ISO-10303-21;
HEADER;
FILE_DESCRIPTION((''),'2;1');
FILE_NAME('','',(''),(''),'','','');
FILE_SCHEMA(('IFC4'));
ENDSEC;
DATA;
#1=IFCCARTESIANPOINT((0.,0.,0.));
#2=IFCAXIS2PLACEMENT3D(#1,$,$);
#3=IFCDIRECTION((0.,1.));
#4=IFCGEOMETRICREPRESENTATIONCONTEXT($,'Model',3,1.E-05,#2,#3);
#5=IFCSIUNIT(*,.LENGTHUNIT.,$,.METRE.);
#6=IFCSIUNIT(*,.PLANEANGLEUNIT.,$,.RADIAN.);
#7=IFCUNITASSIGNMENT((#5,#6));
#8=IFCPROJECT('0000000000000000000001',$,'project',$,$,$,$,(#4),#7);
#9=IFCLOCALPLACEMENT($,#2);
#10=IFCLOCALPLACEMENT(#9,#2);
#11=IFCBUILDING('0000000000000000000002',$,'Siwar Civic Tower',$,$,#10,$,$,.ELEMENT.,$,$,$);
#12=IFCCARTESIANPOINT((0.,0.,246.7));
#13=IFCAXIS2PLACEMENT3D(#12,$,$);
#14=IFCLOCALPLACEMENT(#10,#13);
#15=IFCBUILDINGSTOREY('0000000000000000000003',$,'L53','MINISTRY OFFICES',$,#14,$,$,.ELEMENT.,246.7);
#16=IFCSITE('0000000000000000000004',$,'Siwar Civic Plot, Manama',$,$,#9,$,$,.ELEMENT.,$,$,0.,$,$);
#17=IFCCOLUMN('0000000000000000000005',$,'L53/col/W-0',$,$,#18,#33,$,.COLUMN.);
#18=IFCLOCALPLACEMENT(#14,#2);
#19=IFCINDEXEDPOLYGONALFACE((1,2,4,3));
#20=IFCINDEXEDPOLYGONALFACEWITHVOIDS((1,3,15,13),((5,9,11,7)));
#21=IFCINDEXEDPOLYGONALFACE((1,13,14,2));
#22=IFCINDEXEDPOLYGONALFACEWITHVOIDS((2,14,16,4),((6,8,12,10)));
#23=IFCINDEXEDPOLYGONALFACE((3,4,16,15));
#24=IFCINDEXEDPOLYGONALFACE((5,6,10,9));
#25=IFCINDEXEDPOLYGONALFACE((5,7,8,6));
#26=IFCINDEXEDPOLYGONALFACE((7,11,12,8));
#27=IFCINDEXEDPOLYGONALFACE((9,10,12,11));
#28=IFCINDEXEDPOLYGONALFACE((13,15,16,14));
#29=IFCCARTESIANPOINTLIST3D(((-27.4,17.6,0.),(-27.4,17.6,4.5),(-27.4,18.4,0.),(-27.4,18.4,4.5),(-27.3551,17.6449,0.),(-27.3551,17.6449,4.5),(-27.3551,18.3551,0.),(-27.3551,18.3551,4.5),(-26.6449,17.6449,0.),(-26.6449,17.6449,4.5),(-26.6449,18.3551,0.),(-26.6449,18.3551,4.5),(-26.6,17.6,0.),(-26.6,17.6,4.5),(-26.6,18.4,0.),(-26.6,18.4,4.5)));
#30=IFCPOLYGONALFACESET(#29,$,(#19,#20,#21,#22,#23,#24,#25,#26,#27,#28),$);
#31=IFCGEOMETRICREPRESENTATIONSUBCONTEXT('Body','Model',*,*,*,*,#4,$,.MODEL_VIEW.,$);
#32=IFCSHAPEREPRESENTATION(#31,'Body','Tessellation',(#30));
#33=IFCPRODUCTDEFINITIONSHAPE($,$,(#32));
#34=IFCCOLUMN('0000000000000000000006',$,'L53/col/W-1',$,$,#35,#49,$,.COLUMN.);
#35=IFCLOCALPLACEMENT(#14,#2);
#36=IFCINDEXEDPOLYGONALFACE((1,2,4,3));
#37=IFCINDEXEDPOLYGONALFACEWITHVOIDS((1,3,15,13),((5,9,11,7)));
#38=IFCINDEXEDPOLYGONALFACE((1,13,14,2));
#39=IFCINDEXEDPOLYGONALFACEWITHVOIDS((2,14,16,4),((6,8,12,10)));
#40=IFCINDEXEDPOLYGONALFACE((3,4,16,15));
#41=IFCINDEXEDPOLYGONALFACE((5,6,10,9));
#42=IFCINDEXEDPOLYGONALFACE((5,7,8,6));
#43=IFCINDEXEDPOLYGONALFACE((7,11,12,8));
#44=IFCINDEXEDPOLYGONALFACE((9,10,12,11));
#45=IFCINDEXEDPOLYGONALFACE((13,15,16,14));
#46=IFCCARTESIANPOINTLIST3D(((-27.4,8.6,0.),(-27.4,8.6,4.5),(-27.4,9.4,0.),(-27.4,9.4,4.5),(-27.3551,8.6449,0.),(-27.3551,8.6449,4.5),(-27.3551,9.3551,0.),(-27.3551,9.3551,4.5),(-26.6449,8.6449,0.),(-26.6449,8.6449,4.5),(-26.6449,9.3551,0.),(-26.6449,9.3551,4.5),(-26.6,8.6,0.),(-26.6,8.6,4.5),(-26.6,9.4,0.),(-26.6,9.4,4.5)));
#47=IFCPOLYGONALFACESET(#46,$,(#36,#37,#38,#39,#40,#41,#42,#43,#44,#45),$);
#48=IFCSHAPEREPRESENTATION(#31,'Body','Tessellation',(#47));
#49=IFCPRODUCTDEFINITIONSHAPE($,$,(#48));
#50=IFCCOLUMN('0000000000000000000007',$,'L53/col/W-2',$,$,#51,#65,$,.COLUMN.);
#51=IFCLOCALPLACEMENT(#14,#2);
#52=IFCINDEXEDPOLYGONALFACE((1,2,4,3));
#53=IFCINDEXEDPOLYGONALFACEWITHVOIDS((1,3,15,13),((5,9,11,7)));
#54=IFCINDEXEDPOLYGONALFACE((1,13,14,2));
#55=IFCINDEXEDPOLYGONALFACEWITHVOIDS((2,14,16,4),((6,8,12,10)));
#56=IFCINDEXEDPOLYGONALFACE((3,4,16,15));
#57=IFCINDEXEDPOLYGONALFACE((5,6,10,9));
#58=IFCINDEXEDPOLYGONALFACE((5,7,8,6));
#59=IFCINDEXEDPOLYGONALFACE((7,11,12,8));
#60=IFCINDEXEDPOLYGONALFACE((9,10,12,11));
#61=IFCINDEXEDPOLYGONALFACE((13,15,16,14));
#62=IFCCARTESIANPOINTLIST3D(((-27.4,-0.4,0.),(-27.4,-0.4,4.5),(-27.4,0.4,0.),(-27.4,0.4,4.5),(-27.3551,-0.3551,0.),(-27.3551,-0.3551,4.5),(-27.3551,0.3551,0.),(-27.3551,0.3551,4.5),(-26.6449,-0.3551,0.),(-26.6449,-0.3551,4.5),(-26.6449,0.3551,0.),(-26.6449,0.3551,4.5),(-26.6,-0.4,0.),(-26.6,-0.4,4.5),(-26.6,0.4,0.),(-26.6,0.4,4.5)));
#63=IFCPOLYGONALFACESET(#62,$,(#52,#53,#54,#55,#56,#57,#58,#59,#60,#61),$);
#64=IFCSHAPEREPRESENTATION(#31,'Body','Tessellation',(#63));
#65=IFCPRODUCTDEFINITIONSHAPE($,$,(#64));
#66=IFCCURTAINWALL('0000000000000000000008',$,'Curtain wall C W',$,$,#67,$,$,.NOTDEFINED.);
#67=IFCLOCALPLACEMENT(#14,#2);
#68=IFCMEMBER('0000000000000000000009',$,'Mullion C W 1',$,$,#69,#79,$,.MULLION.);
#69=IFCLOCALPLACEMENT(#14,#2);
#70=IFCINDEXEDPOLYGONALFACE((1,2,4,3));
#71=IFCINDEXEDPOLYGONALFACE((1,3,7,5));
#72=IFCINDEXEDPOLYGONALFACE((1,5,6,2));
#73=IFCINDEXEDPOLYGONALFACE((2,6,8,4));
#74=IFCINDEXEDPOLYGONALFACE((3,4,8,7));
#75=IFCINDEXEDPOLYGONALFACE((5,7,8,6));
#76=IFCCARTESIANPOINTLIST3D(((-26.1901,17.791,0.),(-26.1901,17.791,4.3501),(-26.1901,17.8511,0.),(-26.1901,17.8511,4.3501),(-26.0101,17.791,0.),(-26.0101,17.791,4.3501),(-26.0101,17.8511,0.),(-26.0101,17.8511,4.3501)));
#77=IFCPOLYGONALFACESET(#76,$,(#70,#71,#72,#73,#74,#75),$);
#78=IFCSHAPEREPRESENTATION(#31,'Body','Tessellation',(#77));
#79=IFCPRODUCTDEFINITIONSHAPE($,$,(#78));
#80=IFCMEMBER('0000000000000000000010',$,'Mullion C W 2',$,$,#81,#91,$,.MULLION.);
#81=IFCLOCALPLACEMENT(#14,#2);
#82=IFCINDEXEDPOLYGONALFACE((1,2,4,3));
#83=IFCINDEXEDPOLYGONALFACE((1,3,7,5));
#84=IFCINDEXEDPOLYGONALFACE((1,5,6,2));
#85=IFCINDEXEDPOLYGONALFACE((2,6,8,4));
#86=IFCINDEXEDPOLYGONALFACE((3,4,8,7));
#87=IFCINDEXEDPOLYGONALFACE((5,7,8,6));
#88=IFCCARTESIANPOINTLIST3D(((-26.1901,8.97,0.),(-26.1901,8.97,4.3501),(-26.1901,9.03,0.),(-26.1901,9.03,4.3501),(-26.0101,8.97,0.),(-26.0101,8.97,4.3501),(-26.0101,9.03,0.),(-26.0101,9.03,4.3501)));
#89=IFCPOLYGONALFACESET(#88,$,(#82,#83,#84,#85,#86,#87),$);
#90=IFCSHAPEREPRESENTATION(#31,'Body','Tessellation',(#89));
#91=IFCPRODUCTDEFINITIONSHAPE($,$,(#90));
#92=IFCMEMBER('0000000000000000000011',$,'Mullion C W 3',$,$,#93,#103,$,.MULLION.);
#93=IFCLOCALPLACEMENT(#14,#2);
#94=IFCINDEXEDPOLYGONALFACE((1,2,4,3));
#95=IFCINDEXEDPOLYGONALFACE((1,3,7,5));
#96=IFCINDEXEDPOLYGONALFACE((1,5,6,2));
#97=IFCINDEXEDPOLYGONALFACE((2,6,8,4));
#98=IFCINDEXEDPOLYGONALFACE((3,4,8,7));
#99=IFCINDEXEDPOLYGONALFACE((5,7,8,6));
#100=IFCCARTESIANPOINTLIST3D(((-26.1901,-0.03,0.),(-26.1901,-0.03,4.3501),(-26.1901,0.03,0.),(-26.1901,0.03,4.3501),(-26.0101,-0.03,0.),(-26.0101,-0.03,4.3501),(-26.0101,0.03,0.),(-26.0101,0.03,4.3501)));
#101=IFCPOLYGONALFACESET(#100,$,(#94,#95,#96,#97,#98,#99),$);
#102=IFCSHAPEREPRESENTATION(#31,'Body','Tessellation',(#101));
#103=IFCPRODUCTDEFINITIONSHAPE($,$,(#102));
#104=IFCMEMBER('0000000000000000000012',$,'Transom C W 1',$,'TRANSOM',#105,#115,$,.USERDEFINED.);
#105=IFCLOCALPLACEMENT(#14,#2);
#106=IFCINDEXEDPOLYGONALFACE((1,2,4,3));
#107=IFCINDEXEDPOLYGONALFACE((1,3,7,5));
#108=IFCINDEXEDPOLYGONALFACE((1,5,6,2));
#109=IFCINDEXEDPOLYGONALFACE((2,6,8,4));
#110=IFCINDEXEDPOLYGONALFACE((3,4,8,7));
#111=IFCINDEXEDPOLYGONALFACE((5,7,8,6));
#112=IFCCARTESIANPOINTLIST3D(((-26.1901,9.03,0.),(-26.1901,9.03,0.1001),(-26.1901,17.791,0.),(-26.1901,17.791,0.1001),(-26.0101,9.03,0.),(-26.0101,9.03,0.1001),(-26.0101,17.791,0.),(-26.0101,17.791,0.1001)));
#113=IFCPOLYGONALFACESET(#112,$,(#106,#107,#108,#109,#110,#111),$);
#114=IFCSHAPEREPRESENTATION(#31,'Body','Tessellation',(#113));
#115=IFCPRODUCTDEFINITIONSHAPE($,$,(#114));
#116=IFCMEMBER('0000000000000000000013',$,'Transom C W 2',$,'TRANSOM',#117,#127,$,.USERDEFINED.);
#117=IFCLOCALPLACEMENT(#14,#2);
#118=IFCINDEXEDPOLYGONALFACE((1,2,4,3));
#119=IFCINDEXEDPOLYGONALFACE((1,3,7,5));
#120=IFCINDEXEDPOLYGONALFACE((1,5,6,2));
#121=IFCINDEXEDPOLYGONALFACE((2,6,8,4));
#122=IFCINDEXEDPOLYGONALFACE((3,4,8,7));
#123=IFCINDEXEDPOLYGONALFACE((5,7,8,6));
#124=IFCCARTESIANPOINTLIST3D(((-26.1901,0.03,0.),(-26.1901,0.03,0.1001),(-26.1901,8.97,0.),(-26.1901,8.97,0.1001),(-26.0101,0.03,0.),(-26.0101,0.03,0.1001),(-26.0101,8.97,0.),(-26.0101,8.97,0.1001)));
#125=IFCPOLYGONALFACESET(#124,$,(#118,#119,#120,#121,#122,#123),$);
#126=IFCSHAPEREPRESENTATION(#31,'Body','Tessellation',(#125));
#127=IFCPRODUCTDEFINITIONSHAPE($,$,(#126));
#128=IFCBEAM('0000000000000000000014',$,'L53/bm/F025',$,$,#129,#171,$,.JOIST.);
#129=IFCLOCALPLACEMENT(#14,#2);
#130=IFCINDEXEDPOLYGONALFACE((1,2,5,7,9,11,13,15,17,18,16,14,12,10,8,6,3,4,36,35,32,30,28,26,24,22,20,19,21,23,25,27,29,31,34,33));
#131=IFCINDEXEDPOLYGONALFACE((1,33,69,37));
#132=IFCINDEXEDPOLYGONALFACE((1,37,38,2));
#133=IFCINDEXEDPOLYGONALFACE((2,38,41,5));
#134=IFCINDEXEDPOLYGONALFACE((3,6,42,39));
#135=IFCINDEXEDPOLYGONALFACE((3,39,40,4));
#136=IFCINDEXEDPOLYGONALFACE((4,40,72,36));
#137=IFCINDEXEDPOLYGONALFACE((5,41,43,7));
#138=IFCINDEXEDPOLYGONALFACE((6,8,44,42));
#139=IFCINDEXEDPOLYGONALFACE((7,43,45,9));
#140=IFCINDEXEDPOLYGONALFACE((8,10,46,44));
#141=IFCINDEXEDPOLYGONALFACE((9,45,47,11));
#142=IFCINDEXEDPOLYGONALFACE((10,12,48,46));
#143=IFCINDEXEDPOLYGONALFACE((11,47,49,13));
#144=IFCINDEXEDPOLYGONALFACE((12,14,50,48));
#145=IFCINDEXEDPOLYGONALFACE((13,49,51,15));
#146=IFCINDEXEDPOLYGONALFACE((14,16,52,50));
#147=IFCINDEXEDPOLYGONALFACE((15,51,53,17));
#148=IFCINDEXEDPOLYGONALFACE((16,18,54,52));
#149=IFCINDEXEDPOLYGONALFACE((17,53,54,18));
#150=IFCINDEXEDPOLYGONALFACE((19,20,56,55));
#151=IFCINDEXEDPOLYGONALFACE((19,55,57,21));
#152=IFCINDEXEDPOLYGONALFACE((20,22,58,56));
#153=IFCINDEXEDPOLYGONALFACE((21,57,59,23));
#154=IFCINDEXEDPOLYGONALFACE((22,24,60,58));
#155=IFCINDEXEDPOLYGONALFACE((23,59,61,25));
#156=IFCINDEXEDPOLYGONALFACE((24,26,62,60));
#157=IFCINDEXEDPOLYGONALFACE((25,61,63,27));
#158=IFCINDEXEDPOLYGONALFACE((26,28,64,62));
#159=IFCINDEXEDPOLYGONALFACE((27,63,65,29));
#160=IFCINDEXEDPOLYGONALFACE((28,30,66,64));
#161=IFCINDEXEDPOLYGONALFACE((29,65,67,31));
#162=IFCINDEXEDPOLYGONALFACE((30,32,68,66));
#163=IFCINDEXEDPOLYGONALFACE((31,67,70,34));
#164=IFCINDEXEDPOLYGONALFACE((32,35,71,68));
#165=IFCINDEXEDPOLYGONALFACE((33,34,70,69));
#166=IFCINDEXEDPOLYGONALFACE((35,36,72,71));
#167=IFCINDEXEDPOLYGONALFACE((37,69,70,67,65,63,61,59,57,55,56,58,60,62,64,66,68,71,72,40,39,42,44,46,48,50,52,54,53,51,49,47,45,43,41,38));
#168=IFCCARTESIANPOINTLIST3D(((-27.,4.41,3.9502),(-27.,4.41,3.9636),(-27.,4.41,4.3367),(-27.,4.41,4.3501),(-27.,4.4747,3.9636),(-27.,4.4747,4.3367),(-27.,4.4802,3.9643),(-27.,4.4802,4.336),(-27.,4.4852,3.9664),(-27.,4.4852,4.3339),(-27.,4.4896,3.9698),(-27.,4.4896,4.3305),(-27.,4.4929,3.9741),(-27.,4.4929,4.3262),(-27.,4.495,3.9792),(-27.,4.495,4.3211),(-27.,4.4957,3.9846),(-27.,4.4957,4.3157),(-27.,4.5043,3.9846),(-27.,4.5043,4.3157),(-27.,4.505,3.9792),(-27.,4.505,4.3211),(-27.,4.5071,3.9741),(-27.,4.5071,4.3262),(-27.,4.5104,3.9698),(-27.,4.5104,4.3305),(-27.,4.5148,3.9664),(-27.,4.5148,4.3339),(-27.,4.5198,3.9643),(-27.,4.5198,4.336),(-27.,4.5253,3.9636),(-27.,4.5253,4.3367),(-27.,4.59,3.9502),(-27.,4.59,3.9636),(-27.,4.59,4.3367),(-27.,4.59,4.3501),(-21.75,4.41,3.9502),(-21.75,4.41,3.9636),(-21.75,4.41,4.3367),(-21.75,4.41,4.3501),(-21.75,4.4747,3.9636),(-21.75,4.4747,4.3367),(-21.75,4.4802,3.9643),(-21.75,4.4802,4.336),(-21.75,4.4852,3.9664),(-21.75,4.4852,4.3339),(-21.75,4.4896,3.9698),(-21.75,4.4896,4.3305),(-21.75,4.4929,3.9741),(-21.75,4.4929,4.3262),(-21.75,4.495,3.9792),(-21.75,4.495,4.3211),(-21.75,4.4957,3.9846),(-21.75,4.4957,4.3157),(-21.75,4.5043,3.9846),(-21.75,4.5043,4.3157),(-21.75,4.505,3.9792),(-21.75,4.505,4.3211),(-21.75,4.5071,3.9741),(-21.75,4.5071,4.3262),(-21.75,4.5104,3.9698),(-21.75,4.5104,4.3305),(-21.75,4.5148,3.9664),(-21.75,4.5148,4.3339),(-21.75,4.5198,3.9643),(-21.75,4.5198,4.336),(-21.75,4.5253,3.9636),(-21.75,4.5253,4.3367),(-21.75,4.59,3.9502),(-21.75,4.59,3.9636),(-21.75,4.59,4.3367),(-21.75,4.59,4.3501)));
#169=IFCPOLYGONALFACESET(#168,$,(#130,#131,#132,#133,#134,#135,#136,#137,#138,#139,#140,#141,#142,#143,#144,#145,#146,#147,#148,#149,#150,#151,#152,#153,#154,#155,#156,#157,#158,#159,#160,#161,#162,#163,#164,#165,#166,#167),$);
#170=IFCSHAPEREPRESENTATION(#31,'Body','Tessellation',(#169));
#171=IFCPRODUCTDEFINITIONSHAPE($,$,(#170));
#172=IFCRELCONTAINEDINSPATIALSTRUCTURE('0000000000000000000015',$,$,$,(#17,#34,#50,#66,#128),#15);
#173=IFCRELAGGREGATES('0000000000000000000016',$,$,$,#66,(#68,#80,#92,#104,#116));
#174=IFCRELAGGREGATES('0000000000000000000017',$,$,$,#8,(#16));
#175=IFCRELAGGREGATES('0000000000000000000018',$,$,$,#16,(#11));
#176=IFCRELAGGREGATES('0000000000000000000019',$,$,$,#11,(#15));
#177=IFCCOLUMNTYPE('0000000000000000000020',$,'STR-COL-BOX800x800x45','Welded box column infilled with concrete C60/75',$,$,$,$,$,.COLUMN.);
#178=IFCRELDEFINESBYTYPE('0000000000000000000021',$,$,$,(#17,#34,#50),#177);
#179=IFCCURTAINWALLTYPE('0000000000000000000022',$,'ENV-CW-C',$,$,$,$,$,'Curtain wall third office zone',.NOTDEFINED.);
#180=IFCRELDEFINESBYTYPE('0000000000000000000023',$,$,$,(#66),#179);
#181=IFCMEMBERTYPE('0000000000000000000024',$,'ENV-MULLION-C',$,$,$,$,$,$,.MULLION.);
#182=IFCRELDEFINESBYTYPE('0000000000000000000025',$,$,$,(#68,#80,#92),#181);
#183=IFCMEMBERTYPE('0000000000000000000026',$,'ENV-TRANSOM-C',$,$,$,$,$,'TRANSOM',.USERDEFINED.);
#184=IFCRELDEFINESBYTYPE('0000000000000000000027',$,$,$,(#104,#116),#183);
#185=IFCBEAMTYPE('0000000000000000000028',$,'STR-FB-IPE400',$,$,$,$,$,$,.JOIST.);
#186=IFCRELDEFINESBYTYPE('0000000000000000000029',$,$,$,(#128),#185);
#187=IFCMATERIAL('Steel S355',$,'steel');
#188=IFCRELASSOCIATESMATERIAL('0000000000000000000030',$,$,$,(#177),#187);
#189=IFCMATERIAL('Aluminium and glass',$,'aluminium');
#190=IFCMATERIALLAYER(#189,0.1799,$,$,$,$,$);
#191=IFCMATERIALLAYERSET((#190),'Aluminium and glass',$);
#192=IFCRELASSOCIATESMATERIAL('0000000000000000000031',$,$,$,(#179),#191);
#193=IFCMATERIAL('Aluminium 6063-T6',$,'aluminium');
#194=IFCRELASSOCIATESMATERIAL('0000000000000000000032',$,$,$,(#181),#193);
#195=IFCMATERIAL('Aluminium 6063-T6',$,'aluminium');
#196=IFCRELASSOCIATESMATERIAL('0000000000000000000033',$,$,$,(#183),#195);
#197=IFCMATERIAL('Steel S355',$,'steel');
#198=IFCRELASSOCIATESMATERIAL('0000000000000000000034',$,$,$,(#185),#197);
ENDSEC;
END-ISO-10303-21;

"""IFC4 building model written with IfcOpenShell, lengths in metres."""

from ifc_helpers import new_model, si_unit, direction, frame, origin, origin_2d, place, context, subcontext, project, spatial, rectangle, hollow_rectangle, i_section, extrude, material, layer, layer_set, material_profile, profile_set, type_object, element, aggregate, save


model = new_model("IFC4")

# Units and contexts
model_context = context("Model", 3, precision=1e-05, world=origin(), true_north=direction((0.0, 1.0)))
body_context = subcontext(model_context, "Body", "Model", "MODEL_VIEW")
ifc_project = project(units=[si_unit("LENGTHUNIT", "METRE"), si_unit("PLANEANGLEUNIT", "RADIAN")], contexts=[model_context])

# Site, building, storey
site_placement = place(None, origin())
site = spatial("IfcSite", under=ifc_project, at=site_placement, Name="Siwar Civic Plot, Manama", CompositionType="ELEMENT", RefElevation=0.0)
building_placement = place(site_placement, origin())
building = spatial("IfcBuilding", under=site, at=building_placement, Name="Siwar Civic Tower", CompositionType="ELEMENT")
storey_placement = place(building_placement, frame((0.0, 0.0, 246.7)))
storey = spatial("IfcBuildingStorey", under=building, at=storey_placement, Name="L53", Description="MINISTRY OFFICES", CompositionType="ELEMENT", Elevation=246.7)

# Columns
ifc_material_1 = material(Name="Steel S355", Category="steel")
ifc_material_profile_1 = material_profile(ifc_material_1, hollow_rectangle(XDim=0.8, YDim=0.8, WallThickness=0.0449, at=origin_2d()), Name="BOX800x800x45")
ifc_profile_set_1 = profile_set([ifc_material_profile_1], Name="Steel S355")
column_type = type_object("IfcColumnType", Name="STR-COL-BOX800x800x45", Description="Welded box column infilled with concrete C60/75", PredefinedType="COLUMN", material=ifc_profile_set_1)
for number, where, z_axis, x_axis, name in (
    (1, (-27.0, 18.0, 0.0), (0.0, 0.0, 1.0), (1.0, 0.0, 0.0), "L53/col/W-0"),
    (2, (-27.0, 9.0, 0.0), (0.0, 0.0, 1.0), (1.0, 0.0, 0.0), "L53/col/W-1"),
    (3, (-27.0, 0.0, 0.0), (0.0, 0.0, 1.0), (1.0, 0.0, 0.0), "L53/col/W-2"),
):
    element("IfcColumn", number, at=place(storey_placement, frame(where, z_axis=z_axis, x_axis=x_axis)), inside=storey, type_object=column_type, Name=name, PredefinedType="COLUMN", context=body_context, shape_type="SweptSolid", body=[
        extrude(hollow_rectangle(XDim=0.8, YDim=0.8, WallThickness=0.0449, at=origin_2d()), origin(), (0.0, 0.0, 1.0), 4.5),
    ])

# Curtain wall, members
ifc_material_2 = material(Name="Aluminium and glass", Category="aluminium")
ifc_layer_1 = layer(ifc_material_2, 0.1799)
ifc_layer_set_1 = layer_set([ifc_layer_1], Name="Aluminium and glass")
curtain_wall_type = type_object("IfcCurtainWallType", Name="ENV-CW-C", ElementType="Curtain wall third office zone", PredefinedType="NOTDEFINED", material=ifc_layer_set_1)
curtain_wall_placement = place(storey_placement, origin())
curtain_wall = element("IfcCurtainWall", 4, at=curtain_wall_placement, inside=storey, type_object=curtain_wall_type, Name="Curtain wall C W", PredefinedType="NOTDEFINED")
ifc_material_3 = material(Name="Aluminium 6063-T6", Category="aluminium")
ifc_material_profile_2 = material_profile(ifc_material_3, rectangle(XDim=0.1799, YDim=0.0601, at=origin_2d()), Name="AL 180x60")
ifc_profile_set_2 = profile_set([ifc_material_profile_2], Name="Aluminium 6063-T6")
member_type_1 = type_object("IfcMemberType", Name="ENV-MULLION-C", PredefinedType="MULLION", material=ifc_profile_set_2)
member_1_placement = place(storey_placement, frame((-26.1001, 17.821, 0.0), z_axis=(0.0, 0.0, 1.0), x_axis=(1.0, 0.0, 0.0)))
member_1 = element("IfcMember", 5, at=member_1_placement, type_object=member_type_1, Name="Mullion C W 1", PredefinedType="MULLION", context=body_context, shape_type="SweptSolid", body=[
    extrude(rectangle(XDim=0.1799, YDim=0.0601, at=origin_2d()), origin(), (0.0, 0.0, 1.0), 4.3501),
])
member_2_placement = place(storey_placement, frame((-26.1001, 9.0, 0.0), z_axis=(0.0, 0.0, 1.0), x_axis=(1.0, 0.0, 0.0)))
member_2 = element("IfcMember", 6, at=member_2_placement, type_object=member_type_1, Name="Mullion C W 2", PredefinedType="MULLION", context=body_context, shape_type="SweptSolid", body=[
    extrude(rectangle(XDim=0.1799, YDim=0.0601, at=origin_2d()), origin(), (0.0, 0.0, 1.0), 4.3501),
])
member_3_placement = place(storey_placement, frame((-26.1001, 0.0, 0.0), z_axis=(0.0, 0.0, 1.0), x_axis=(1.0, 0.0, 0.0)))
member_3 = element("IfcMember", 7, at=member_3_placement, type_object=member_type_1, Name="Mullion C W 3", PredefinedType="MULLION", context=body_context, shape_type="SweptSolid", body=[
    extrude(rectangle(XDim=0.1799, YDim=0.0601, at=origin_2d()), origin(), (0.0, 0.0, 1.0), 4.3501),
])
ifc_material_4 = material(Name="Aluminium 6063-T6", Category="aluminium")
ifc_material_profile_3 = material_profile(ifc_material_4, rectangle(XDim=0.1799, YDim=0.1001, at=origin_2d()), Name="AL 180x100")
ifc_profile_set_3 = profile_set([ifc_material_profile_3], Name="Aluminium 6063-T6")
member_type_2 = type_object("IfcMemberType", Name="ENV-TRANSOM-C", ElementType="TRANSOM", PredefinedType="USERDEFINED", material=ifc_profile_set_3)
member_4_placement = place(storey_placement, frame((-26.1001, 17.791, 0.05), z_axis=(0.0, -1.0, 0.0), x_axis=(1.0, 0.0, 0.0)))
member_4 = element("IfcMember", 8, at=member_4_placement, type_object=member_type_2, Name="Transom C W 1", ObjectType="TRANSOM", PredefinedType="USERDEFINED", context=body_context, shape_type="SweptSolid", body=[
    extrude(rectangle(XDim=0.1799, YDim=0.1001, at=origin_2d()), origin(), (0.0, 0.0, 1.0), 8.761),
])
member_5_placement = place(storey_placement, frame((-26.1001, 8.97, 0.05), z_axis=(0.0, -1.0, 0.0), x_axis=(1.0, 0.0, 0.0)))
member_5 = element("IfcMember", 9, at=member_5_placement, type_object=member_type_2, Name="Transom C W 2", ObjectType="TRANSOM", PredefinedType="USERDEFINED", context=body_context, shape_type="SweptSolid", body=[
    extrude(rectangle(XDim=0.1799, YDim=0.1001, at=origin_2d()), origin(), (0.0, 0.0, 1.0), 8.9399),
])

# Beam
ifc_material_5 = material(Name="Steel S355", Category="steel")
ifc_material_profile_4 = material_profile(ifc_material_5, i_section(OverallWidth=0.1799, OverallDepth=0.3999, WebThickness=0.0085, FlangeThickness=0.0134, FilletRadius=0.021, at=origin_2d()), Name="IPE400")
ifc_profile_set_4 = profile_set([ifc_material_profile_4], Name="Steel S355")
beam_type_1 = type_object("IfcBeamType", Name="STR-FB-IPE400", PredefinedType="JOIST", material=ifc_profile_set_4)
for number, where, z_axis, x_axis, name in (
    (10, (-27.0, 4.5, 4.1501), (1.0, 0.0, 0.0), (0.0, 1.0, 0.0), "L53/bm/F025"),
):
    element("IfcBeam", number, at=place(storey_placement, frame(where, z_axis=z_axis, x_axis=x_axis)), inside=storey, type_object=beam_type_1, Name=name, PredefinedType="JOIST", context=body_context, shape_type="SweptSolid", body=[
        extrude(i_section(OverallWidth=0.1799, OverallDepth=0.3999, WebThickness=0.0085, FlangeThickness=0.0134, FilletRadius=0.021, at=origin_2d()), origin(), (0.0, 0.0, 1.0), 5.25),
    ])

aggregate(curtain_wall, [member_1, member_2, member_3, member_4, member_5])

save(model, "model.ifc")
